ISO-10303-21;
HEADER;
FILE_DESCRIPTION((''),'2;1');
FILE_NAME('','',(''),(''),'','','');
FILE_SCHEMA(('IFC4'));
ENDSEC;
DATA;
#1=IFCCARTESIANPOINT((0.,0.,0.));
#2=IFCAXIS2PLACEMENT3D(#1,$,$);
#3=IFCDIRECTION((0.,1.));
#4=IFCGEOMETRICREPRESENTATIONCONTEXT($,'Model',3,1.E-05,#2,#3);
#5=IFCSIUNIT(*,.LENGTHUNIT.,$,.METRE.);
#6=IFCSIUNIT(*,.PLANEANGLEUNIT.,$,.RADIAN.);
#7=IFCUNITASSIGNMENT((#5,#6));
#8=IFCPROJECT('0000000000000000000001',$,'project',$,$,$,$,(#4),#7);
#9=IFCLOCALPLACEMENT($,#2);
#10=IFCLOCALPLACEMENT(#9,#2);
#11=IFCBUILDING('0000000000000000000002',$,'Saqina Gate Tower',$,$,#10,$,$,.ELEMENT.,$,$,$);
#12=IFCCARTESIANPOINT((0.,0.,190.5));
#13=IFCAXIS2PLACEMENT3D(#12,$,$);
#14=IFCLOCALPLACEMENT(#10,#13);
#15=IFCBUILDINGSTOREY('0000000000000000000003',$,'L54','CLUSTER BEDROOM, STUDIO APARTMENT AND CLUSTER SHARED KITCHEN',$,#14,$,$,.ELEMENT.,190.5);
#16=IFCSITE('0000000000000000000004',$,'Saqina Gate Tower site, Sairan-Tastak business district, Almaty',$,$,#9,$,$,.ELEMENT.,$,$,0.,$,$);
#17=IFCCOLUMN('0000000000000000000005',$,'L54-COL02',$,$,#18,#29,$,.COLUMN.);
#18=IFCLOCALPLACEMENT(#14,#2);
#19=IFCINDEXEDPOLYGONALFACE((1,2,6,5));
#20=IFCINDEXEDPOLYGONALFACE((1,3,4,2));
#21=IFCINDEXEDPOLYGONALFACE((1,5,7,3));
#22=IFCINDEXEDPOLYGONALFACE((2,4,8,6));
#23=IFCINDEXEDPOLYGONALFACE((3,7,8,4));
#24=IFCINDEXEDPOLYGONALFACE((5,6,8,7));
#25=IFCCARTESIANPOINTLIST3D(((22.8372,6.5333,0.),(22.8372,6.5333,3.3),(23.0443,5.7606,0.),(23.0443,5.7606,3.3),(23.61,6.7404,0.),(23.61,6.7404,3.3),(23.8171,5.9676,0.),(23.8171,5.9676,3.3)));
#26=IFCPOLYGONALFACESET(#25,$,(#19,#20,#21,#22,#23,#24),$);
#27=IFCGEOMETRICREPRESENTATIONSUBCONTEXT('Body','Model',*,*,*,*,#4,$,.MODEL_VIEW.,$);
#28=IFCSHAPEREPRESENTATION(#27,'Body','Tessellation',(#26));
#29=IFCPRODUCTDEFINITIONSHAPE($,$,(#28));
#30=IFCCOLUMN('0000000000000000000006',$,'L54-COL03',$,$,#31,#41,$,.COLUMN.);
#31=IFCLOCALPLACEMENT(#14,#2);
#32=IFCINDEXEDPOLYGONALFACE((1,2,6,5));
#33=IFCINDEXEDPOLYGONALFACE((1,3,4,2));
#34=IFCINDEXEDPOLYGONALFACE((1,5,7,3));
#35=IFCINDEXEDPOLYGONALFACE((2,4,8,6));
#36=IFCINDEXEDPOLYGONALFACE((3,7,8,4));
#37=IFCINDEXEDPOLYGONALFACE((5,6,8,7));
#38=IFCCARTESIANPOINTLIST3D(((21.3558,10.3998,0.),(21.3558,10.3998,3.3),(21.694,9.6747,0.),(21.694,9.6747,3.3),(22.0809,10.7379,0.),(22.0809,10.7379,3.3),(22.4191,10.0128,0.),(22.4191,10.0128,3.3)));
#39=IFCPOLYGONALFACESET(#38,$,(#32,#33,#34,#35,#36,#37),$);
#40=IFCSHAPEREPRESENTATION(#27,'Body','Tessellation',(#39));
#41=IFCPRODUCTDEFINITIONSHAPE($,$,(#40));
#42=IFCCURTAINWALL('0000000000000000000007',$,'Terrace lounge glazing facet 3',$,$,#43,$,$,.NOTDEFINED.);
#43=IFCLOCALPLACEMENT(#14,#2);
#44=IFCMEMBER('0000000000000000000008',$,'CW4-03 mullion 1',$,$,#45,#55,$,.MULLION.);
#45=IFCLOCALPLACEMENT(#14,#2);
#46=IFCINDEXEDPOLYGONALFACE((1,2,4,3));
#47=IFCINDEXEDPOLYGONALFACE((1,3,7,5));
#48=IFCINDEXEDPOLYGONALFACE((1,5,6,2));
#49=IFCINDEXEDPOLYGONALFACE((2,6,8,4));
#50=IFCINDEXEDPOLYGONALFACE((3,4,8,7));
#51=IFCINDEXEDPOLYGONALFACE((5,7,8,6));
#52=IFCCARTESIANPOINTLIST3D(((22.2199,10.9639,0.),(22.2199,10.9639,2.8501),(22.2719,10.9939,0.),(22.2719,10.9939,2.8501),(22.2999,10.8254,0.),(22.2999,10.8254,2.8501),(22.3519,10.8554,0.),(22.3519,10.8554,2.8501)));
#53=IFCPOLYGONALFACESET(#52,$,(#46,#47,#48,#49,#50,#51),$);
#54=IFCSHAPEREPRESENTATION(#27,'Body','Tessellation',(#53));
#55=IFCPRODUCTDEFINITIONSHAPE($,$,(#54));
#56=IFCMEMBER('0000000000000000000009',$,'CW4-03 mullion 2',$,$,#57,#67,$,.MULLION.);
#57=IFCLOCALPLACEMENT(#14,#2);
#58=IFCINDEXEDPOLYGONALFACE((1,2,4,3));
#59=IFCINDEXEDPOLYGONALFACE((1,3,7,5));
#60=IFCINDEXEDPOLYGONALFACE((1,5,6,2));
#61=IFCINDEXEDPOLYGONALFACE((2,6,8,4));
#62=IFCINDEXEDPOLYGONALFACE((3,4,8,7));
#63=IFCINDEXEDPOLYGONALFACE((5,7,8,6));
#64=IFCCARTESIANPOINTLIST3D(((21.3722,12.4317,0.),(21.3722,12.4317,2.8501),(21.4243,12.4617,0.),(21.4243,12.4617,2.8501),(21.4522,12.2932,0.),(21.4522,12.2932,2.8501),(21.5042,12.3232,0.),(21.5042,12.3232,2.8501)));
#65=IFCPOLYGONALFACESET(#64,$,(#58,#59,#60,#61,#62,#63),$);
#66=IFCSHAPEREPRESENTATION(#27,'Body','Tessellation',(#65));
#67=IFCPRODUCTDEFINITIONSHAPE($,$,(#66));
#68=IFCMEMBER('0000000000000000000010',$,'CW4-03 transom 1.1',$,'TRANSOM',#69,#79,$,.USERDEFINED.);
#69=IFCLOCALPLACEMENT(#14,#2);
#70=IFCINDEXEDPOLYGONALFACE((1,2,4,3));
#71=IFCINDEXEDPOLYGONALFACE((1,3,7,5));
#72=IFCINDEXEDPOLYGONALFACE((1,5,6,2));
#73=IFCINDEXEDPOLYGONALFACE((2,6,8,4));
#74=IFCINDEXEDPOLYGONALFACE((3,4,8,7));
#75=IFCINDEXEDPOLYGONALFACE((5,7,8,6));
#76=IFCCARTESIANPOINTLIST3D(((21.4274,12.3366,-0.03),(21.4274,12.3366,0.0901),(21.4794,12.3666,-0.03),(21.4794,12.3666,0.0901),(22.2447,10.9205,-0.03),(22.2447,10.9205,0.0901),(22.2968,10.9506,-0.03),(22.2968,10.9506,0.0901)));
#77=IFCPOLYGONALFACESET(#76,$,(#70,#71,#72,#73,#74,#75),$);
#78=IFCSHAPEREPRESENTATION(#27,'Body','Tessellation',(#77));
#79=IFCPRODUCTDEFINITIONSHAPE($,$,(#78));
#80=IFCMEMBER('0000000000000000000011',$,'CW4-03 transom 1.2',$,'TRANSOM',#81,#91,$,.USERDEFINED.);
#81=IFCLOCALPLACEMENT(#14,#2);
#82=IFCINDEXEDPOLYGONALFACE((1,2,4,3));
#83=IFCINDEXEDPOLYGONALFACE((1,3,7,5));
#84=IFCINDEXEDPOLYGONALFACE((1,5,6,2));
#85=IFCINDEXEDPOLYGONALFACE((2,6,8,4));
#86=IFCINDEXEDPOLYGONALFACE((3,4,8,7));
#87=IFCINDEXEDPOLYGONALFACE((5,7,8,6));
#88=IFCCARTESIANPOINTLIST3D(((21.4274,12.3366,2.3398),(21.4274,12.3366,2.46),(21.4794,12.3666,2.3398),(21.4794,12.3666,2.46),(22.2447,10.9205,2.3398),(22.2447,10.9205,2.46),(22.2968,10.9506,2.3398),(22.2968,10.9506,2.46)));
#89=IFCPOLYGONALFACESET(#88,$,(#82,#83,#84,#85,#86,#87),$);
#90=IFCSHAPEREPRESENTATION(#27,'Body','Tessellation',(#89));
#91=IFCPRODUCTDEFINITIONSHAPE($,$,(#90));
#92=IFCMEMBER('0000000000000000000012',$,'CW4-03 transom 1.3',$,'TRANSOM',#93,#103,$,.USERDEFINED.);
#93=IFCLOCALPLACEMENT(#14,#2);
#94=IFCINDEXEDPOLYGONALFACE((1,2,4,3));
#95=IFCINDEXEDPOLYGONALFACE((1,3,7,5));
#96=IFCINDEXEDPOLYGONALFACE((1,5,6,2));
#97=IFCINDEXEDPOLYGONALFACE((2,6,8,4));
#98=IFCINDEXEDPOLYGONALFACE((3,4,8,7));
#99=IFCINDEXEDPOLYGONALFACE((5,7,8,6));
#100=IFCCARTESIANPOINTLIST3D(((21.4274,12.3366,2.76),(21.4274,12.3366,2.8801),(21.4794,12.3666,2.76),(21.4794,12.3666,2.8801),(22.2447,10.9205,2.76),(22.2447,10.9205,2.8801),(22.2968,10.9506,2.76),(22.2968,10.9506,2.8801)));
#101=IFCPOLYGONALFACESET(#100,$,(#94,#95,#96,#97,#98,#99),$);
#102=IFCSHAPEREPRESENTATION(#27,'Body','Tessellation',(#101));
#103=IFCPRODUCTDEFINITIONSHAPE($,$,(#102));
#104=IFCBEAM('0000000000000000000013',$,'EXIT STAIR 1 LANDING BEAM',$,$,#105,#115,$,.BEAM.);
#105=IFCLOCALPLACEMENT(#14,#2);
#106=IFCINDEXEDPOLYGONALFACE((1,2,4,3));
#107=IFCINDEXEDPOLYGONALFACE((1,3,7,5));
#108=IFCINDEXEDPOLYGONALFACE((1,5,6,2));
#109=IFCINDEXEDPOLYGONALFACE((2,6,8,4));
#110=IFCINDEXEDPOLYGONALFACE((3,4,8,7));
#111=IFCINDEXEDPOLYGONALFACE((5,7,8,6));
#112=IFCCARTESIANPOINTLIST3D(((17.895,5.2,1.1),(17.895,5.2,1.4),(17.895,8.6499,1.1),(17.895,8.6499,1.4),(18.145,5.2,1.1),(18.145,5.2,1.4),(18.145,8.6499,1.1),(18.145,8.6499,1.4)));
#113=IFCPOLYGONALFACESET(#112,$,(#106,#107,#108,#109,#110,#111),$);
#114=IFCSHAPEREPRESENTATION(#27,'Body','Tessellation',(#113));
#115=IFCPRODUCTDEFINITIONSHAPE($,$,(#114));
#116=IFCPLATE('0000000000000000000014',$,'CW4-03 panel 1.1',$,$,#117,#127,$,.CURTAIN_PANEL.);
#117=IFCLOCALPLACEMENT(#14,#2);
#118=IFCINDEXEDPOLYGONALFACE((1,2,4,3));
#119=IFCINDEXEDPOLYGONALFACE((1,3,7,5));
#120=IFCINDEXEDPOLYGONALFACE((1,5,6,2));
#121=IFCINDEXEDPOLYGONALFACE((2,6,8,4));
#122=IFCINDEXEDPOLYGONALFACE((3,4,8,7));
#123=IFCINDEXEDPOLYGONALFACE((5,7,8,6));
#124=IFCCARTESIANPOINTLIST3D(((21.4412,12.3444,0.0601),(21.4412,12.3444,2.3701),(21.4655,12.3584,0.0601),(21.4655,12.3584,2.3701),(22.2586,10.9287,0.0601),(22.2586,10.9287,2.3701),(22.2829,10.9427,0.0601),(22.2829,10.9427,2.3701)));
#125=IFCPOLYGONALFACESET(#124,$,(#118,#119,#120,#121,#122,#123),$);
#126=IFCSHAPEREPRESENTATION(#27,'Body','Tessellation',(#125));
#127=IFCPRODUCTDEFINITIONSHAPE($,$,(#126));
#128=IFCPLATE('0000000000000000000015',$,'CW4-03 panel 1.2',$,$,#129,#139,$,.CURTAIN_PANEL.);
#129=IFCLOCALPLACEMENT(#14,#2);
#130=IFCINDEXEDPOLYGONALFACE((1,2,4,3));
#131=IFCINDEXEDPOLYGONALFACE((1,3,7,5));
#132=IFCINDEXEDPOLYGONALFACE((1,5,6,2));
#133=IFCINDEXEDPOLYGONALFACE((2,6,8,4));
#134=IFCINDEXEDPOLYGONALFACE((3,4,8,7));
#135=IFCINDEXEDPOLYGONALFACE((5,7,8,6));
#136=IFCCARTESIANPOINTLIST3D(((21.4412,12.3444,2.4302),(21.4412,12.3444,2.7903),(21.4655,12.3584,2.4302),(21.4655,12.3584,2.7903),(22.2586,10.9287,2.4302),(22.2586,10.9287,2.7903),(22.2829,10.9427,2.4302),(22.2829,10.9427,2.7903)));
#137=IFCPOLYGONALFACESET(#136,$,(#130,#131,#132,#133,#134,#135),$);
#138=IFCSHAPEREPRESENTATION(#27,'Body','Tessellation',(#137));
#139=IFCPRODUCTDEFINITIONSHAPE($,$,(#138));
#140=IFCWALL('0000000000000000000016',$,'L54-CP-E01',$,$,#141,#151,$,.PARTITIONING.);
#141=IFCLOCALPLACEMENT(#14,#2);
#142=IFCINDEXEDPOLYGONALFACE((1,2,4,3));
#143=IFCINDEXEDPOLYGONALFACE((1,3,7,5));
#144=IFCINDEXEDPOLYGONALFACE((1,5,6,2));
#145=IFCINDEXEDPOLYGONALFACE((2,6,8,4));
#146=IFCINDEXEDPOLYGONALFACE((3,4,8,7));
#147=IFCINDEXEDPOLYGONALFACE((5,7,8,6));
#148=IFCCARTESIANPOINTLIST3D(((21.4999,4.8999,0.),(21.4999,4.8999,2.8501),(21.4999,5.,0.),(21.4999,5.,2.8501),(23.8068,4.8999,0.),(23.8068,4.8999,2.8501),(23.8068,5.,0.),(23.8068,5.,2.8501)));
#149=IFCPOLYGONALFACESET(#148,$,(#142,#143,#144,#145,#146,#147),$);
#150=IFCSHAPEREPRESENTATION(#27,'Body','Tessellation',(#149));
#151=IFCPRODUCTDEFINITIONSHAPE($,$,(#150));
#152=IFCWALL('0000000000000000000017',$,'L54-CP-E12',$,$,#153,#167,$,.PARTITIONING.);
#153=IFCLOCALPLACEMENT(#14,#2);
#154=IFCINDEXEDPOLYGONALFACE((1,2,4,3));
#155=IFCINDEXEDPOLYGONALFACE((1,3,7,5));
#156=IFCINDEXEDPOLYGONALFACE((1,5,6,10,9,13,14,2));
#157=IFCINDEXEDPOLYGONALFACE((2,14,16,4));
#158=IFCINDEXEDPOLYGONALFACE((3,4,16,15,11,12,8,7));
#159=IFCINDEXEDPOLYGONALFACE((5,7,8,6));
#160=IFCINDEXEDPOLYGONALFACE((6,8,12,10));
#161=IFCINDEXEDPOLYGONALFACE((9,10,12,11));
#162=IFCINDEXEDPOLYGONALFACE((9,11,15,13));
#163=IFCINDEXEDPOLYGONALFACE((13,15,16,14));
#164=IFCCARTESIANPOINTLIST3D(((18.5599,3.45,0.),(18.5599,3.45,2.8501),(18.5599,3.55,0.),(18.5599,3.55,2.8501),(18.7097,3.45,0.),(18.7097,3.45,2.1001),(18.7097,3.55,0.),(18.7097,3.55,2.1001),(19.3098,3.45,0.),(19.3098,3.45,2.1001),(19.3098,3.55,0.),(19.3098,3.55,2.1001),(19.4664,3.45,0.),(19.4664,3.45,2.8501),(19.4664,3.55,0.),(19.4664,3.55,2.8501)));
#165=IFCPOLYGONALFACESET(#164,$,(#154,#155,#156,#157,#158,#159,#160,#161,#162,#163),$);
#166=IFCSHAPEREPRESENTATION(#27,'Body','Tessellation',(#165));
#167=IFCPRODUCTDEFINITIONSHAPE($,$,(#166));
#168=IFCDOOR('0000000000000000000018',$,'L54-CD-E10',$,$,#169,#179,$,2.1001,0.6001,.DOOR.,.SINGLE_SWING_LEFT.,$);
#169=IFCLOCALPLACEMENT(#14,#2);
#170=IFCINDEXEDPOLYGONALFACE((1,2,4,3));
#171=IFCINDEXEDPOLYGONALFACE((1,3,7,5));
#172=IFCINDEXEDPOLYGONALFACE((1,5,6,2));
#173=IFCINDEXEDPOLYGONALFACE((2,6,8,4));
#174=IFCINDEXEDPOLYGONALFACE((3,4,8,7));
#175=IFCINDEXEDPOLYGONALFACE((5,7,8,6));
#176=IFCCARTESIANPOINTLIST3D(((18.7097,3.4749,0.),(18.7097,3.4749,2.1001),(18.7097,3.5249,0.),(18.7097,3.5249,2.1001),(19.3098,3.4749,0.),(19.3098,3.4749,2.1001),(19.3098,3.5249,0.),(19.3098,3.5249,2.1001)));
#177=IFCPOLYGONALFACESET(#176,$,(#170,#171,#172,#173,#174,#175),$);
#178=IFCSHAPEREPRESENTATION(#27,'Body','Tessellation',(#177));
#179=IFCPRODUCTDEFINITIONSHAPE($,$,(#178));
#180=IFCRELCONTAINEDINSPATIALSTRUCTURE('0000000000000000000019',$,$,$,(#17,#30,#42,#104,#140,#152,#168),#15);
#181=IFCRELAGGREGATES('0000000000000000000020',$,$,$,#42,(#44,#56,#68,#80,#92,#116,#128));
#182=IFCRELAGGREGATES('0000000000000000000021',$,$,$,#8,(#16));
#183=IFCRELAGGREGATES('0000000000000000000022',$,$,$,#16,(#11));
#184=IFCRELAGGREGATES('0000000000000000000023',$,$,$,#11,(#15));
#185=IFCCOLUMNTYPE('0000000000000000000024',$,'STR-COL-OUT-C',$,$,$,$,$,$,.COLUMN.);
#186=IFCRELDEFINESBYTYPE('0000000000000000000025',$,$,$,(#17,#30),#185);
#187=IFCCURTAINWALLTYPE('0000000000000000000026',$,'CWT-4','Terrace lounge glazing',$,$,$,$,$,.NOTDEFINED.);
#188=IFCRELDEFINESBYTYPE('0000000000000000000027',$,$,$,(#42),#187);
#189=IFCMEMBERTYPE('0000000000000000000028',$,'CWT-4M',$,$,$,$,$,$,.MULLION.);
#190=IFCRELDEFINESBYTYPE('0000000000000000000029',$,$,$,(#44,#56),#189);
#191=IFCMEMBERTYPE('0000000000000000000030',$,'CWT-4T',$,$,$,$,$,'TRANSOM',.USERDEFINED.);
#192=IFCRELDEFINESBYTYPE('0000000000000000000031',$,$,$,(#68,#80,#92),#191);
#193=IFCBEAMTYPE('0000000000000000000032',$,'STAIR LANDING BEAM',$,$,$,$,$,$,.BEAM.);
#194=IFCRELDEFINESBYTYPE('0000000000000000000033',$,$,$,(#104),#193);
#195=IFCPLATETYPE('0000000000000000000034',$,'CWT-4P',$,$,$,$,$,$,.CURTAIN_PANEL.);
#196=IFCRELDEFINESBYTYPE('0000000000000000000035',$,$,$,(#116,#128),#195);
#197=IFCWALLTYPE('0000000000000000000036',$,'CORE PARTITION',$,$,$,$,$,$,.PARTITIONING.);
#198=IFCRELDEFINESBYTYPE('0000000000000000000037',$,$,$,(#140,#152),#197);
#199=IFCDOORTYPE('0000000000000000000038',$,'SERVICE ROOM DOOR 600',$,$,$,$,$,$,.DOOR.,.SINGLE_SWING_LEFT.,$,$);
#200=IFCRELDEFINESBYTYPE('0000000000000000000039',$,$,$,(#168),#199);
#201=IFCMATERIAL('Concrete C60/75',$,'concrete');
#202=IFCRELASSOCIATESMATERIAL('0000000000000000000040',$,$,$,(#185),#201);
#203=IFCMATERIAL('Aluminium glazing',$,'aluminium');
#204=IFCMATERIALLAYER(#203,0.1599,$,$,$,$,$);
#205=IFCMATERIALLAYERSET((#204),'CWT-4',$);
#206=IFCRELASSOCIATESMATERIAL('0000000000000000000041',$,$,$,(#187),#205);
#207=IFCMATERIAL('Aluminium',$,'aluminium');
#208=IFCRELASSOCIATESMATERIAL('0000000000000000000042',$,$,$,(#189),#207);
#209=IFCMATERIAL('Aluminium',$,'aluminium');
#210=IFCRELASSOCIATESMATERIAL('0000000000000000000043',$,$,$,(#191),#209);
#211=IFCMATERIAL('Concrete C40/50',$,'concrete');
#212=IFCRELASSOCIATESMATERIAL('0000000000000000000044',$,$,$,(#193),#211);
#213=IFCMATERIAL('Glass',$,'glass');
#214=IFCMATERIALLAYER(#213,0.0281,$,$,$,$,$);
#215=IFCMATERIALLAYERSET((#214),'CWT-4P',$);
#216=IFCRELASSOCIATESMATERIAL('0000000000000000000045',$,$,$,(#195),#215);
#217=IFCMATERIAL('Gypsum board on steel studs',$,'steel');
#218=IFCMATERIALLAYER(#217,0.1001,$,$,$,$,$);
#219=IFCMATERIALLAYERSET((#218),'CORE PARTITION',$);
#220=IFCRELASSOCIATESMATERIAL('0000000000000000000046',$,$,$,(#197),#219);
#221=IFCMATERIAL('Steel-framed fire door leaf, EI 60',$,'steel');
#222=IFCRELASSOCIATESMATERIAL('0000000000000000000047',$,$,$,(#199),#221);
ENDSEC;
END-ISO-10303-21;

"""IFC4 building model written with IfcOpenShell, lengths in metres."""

from ifc_helpers import new_model, si_unit, direction, frame, frame_2d, origin, origin_2d, place, context, subcontext, project, spatial, rectangle, extrude, material, layer, layer_set, material_profile, profile_set, type_object, element, fill, aggregate, save


model = new_model("IFC4")

# Units and contexts
model_context = context("Model", 3, precision=1e-05, world=origin(), true_north=direction((0.0, 1.0)))
body_context = subcontext(model_context, "Body", "Model", "MODEL_VIEW")
ifc_project = project(units=[si_unit("LENGTHUNIT", "METRE"), si_unit("PLANEANGLEUNIT", "RADIAN")], contexts=[model_context])

# Site, building, storey
site_placement = place(None, origin())
site = spatial("IfcSite", under=ifc_project, at=site_placement, Name="Saqina Gate Tower site, Sairan-Tastak business district, Almaty", CompositionType="ELEMENT", RefElevation=0.0)
building_placement = place(site_placement, origin())
building = spatial("IfcBuilding", under=site, at=building_placement, Name="Saqina Gate Tower", CompositionType="ELEMENT")
storey_placement = place(building_placement, frame((0.0, 0.0, 190.5)))
storey = spatial("IfcBuildingStorey", under=building, at=storey_placement, Name="L54", Description="CLUSTER BEDROOM, STUDIO APARTMENT AND CLUSTER SHARED KITCHEN", CompositionType="ELEMENT", Elevation=190.5)

# Columns
ifc_material_1 = material(Name="Concrete C60/75", Category="concrete")
ifc_material_profile_1 = material_profile(ifc_material_1, rectangle(XDim=0.8, YDim=0.8, at=origin_2d()), Name="RC 800x800")
ifc_profile_set_1 = profile_set([ifc_material_profile_1], Name="Concrete C60/75")
column_type = type_object("IfcColumnType", Name="STR-COL-OUT-C", PredefinedType="COLUMN", material=ifc_profile_set_1)
for number, where, z_axis, x_axis, name in (
    (1, (23.3271, 6.2505, 0.0), (0.0, 0.0, 1.0), (0.965926, 0.258819, 0.0), "L54-COL02"),
    (2, (21.8875, 10.2063, 0.0), (0.0, 0.0, 1.0), (0.906308, 0.422618, 0.0), "L54-COL03"),
):
    element("IfcColumn", number, at=place(storey_placement, frame(where, z_axis=z_axis, x_axis=x_axis)), inside=storey, type_object=column_type, Name=name, PredefinedType="COLUMN", context=body_context, shape_type="SweptSolid", body=[
        extrude(rectangle(XDim=0.8, YDim=0.8, at=origin_2d()), origin(), (0.0, 0.0, 1.0), 3.3),
    ])

# Curtain wall, members
ifc_material_2 = material(Name="Aluminium glazing", Category="aluminium")
ifc_layer_1 = layer(ifc_material_2, 0.1599)
ifc_layer_set_1 = layer_set([ifc_layer_1], Name="CWT-4")
curtain_wall_type = type_object("IfcCurtainWallType", Name="CWT-4", Description="Terrace lounge glazing", PredefinedType="NOTDEFINED", material=ifc_layer_set_1)
curtain_wall_placement = place(storey_placement, origin())
curtain_wall = element("IfcCurtainWall", 3, at=curtain_wall_placement, inside=storey, type_object=curtain_wall_type, Name="Terrace lounge glazing facet 3", PredefinedType="NOTDEFINED")
ifc_material_3 = material(Name="Aluminium", Category="aluminium")
ifc_material_profile_2 = material_profile(ifc_material_3, rectangle(XDim=0.0601, YDim=0.1599, at=origin_2d()), Name="Aluminium 60x160")
ifc_profile_set_2 = profile_set([ifc_material_profile_2], Name="Aluminium")
member_type_1 = type_object("IfcMemberType", Name="CWT-4M", PredefinedType="MULLION", material=ifc_profile_set_2)
member_1_placement = place(storey_placement, frame((22.2859, 10.9097, 0.0), z_axis=(0.0, 0.0, 1.0), x_axis=(-0.866017, -0.500014, 0.0)))
member_1 = element("IfcMember", 4, at=member_1_placement, type_object=member_type_1, Name="CW4-03 mullion 1", PredefinedType="MULLION", context=body_context, shape_type="SweptSolid", body=[
    extrude(rectangle(XDim=0.0601, YDim=0.1599, at=origin_2d()), origin(), (0.0, 0.0, 1.0), 2.8501),
])
member_2_placement = place(storey_placement, frame((21.4382, 12.3774, 0.0), z_axis=(0.0, 0.0, 1.0), x_axis=(-0.866017, -0.500014, 0.0)))
member_2 = element("IfcMember", 5, at=member_2_placement, type_object=member_type_1, Name="CW4-03 mullion 2", PredefinedType="MULLION", context=body_context, shape_type="SweptSolid", body=[
    extrude(rectangle(XDim=0.0601, YDim=0.1599, at=origin_2d()), origin(), (0.0, 0.0, 1.0), 2.8501),
])
ifc_material_4 = material(Name="Aluminium", Category="aluminium")
ifc_material_profile_3 = material_profile(ifc_material_4, rectangle(XDim=0.0601, YDim=0.1201, at=origin_2d()), Name="Aluminium 60x120")
ifc_profile_set_3 = profile_set([ifc_material_profile_3], Name="Aluminium")
member_type_2 = type_object("IfcMemberType", Name="CWT-4T", ElementType="TRANSOM", PredefinedType="USERDEFINED", material=ifc_profile_set_3)
member_3_placement = place(storey_placement, frame((22.2708, 10.9355, 0.03), z_axis=(-0.499929, 0.866066, 0.0), x_axis=(-0.866066, -0.499929, 0.0)))
member_3 = element("IfcMember", 6, at=member_3_placement, type_object=member_type_2, Name="CW4-03 transom 1.1", ObjectType="TRANSOM", PredefinedType="USERDEFINED", context=body_context, shape_type="SweptSolid", body=[
    extrude(rectangle(XDim=0.0601, YDim=0.1201, at=origin_2d()), origin(), (0.0, 0.0, 1.0), 1.635),
])
member_4_placement = place(storey_placement, frame((22.2708, 10.9355, 2.3999), z_axis=(-0.499929, 0.866066, 0.0), x_axis=(-0.866066, -0.499929, 0.0)))
member_4 = element("IfcMember", 7, at=member_4_placement, type_object=member_type_2, Name="CW4-03 transom 1.2", ObjectType="TRANSOM", PredefinedType="USERDEFINED", context=body_context, shape_type="SweptSolid", body=[
    extrude(rectangle(XDim=0.0601, YDim=0.1201, at=origin_2d()), origin(), (0.0, 0.0, 1.0), 1.635),
])
member_5_placement = place(storey_placement, frame((22.2708, 10.9355, 2.8201), z_axis=(-0.499929, 0.866066, 0.0), x_axis=(-0.866066, -0.499929, 0.0)))
member_5 = element("IfcMember", 8, at=member_5_placement, type_object=member_type_2, Name="CW4-03 transom 1.3", ObjectType="TRANSOM", PredefinedType="USERDEFINED", context=body_context, shape_type="SweptSolid", body=[
    extrude(rectangle(XDim=0.0601, YDim=0.1201, at=origin_2d()), origin(), (0.0, 0.0, 1.0), 1.635),
])

# Beam
ifc_material_5 = material(Name="Concrete C40/50", Category="concrete")
ifc_material_profile_4 = material_profile(ifc_material_5, rectangle(XDim=0.25, YDim=0.3, at=origin_2d()), Name="STAIR LANDING BEAM")
ifc_profile_set_4 = profile_set([ifc_material_profile_4], Name="Concrete C40/50")
beam_type = type_object("IfcBeamType", Name="STAIR LANDING BEAM", PredefinedType="BEAM", material=ifc_profile_set_4)
beam_placement = place(storey_placement, frame((18.02, 5.2, 1.25), z_axis=(0.0, 1.0, 0.0), x_axis=(-1.0, 0.0, 0.0)))
element("IfcBeam", 9, at=beam_placement, inside=storey, type_object=beam_type, Name="EXIT STAIR 1 LANDING BEAM", PredefinedType="BEAM", context=body_context, shape_type="SweptSolid", body=[
    extrude(rectangle(XDim=0.25, YDim=0.3, at=origin_2d()), origin(), (0.0, 0.0, 1.0), 3.45),
])

# Plates
ifc_material_6 = material(Name="Glass", Category="glass")
ifc_layer_2 = layer(ifc_material_6, 0.0281)
ifc_layer_set_2 = layer_set([ifc_layer_2], Name="CWT-4P")
plate_type = type_object("IfcPlateType", Name="CWT-4P", PredefinedType="CURTAIN_PANEL", material=ifc_layer_set_2)
plate_1_placement = place(storey_placement, frame((21.8621, 11.6436, 0.0601), z_axis=(0.0, 0.0, 1.0), x_axis=(-0.500014, 0.866017, 0.0)))
plate_1 = element("IfcPlate", 10, at=plate_1_placement, type_object=plate_type, Name="CW4-03 panel 1.1", PredefinedType="CURTAIN_PANEL", context=body_context, shape_type="SweptSolid", body=[
    extrude(rectangle(XDim=1.6348, YDim=0.0281, at=origin_2d()), origin(), (0.0, 0.0, 1.0), 2.3101),
])
plate_2_placement = place(storey_placement, frame((21.8621, 11.6436, 2.4302), z_axis=(0.0, 0.0, 1.0), x_axis=(-0.500014, 0.866017, 0.0)))
plate_2 = element("IfcPlate", 11, at=plate_2_placement, type_object=plate_type, Name="CW4-03 panel 1.2", PredefinedType="CURTAIN_PANEL", context=body_context, shape_type="SweptSolid", body=[
    extrude(rectangle(XDim=1.6348, YDim=0.0281, at=origin_2d()), origin(), (0.0, 0.0, 1.0), 0.3601),
])
aggregate(curtain_wall, [member_1, member_2, member_3, member_4, member_5, plate_1, plate_2])

# Wall
ifc_material_7 = material(Name="Gypsum board on steel studs", Category="steel")
ifc_layer_3 = layer(ifc_material_7, 0.1001)
ifc_layer_set_3 = layer_set([ifc_layer_3], Name="CORE PARTITION")
wall_type_1 = type_object("IfcWallType", Name="CORE PARTITION", PredefinedType="PARTITIONING", material=ifc_layer_set_3)
wall_1_placement = place(storey_placement, frame((21.5, 4.95, 0.0), z_axis=(0.0, 0.0, 1.0), x_axis=(1.0, 0.0, 0.0)))
element("IfcWall", 12, at=wall_1_placement, inside=storey, type_object=wall_type_1, Name="L54-CP-E01", PredefinedType="PARTITIONING", context=body_context, shape_type="SweptSolid", body=[
    extrude(rectangle(XDim=2.3069, YDim=0.1001, at=frame_2d((1.1533, 0.0))), origin(), (0.0, 0.0, 1.0), 2.8501),
])

# Wall, opening, door
wall_2_placement = place(storey_placement, frame((18.5601, 3.5, 0.0), z_axis=(0.0, 0.0, 1.0), x_axis=(1.0, 0.0, 0.0)))
wall_2 = element("IfcWall", 13, at=wall_2_placement, inside=storey, type_object=wall_type_1, Name="L54-CP-E12", PredefinedType="PARTITIONING", context=body_context, shape_type="SweptSolid", body=[
    extrude(rectangle(XDim=0.9065, YDim=0.1001, at=frame_2d((0.4531, 0.0))), origin(), (0.0, 0.0, 1.0), 2.8501),
])
opening_1_placement = place(wall_2_placement, frame((0.1497, 0.0, 0.0)))
opening_1 = element("IfcOpeningElement", 14, at=opening_1_placement, cuts=wall_2, PredefinedType="OPENING", context=body_context, shape_type="SweptSolid", body=[
    extrude(rectangle(XDim=0.6001, YDim=2.1001, at=frame_2d((0.3, 1.05))), frame((0.0, 0.062, 0.0), z_axis=(0.0, -1.0, 0.0), x_axis=(1.0, 0.0, 0.0)), (0.0, 0.0, 1.0), 0.124),
])
ifc_material_8 = material(Name="Steel-framed fire door leaf, EI 60", Category="steel")
door_type_1 = type_object("IfcDoorType", Name="SERVICE ROOM DOOR 600", OperationType="SINGLE_SWING_LEFT", PredefinedType="DOOR", material=ifc_material_8)
door_1_placement = place(opening_1_placement, origin())
door_1 = element("IfcDoor", 15, at=door_1_placement, inside=storey, type_object=door_type_1, Name="L54-CD-E10", OperationType="SINGLE_SWING_LEFT", OverallHeight=2.1001, OverallWidth=0.6001, PredefinedType="DOOR", context=body_context, shape_type="SweptSolid", body=[
    extrude(rectangle(XDim=0.6001, YDim=2.1001, at=frame_2d((0.3, 1.05))), frame((0.0, 0.0249, 0.0), z_axis=(0.0, -1.0, 0.0), x_axis=(1.0, 0.0, 0.0)), (0.0, 0.0, 1.0), 0.05),
])
fill(opening_1, door_1)

save(model, "model.ifc")
